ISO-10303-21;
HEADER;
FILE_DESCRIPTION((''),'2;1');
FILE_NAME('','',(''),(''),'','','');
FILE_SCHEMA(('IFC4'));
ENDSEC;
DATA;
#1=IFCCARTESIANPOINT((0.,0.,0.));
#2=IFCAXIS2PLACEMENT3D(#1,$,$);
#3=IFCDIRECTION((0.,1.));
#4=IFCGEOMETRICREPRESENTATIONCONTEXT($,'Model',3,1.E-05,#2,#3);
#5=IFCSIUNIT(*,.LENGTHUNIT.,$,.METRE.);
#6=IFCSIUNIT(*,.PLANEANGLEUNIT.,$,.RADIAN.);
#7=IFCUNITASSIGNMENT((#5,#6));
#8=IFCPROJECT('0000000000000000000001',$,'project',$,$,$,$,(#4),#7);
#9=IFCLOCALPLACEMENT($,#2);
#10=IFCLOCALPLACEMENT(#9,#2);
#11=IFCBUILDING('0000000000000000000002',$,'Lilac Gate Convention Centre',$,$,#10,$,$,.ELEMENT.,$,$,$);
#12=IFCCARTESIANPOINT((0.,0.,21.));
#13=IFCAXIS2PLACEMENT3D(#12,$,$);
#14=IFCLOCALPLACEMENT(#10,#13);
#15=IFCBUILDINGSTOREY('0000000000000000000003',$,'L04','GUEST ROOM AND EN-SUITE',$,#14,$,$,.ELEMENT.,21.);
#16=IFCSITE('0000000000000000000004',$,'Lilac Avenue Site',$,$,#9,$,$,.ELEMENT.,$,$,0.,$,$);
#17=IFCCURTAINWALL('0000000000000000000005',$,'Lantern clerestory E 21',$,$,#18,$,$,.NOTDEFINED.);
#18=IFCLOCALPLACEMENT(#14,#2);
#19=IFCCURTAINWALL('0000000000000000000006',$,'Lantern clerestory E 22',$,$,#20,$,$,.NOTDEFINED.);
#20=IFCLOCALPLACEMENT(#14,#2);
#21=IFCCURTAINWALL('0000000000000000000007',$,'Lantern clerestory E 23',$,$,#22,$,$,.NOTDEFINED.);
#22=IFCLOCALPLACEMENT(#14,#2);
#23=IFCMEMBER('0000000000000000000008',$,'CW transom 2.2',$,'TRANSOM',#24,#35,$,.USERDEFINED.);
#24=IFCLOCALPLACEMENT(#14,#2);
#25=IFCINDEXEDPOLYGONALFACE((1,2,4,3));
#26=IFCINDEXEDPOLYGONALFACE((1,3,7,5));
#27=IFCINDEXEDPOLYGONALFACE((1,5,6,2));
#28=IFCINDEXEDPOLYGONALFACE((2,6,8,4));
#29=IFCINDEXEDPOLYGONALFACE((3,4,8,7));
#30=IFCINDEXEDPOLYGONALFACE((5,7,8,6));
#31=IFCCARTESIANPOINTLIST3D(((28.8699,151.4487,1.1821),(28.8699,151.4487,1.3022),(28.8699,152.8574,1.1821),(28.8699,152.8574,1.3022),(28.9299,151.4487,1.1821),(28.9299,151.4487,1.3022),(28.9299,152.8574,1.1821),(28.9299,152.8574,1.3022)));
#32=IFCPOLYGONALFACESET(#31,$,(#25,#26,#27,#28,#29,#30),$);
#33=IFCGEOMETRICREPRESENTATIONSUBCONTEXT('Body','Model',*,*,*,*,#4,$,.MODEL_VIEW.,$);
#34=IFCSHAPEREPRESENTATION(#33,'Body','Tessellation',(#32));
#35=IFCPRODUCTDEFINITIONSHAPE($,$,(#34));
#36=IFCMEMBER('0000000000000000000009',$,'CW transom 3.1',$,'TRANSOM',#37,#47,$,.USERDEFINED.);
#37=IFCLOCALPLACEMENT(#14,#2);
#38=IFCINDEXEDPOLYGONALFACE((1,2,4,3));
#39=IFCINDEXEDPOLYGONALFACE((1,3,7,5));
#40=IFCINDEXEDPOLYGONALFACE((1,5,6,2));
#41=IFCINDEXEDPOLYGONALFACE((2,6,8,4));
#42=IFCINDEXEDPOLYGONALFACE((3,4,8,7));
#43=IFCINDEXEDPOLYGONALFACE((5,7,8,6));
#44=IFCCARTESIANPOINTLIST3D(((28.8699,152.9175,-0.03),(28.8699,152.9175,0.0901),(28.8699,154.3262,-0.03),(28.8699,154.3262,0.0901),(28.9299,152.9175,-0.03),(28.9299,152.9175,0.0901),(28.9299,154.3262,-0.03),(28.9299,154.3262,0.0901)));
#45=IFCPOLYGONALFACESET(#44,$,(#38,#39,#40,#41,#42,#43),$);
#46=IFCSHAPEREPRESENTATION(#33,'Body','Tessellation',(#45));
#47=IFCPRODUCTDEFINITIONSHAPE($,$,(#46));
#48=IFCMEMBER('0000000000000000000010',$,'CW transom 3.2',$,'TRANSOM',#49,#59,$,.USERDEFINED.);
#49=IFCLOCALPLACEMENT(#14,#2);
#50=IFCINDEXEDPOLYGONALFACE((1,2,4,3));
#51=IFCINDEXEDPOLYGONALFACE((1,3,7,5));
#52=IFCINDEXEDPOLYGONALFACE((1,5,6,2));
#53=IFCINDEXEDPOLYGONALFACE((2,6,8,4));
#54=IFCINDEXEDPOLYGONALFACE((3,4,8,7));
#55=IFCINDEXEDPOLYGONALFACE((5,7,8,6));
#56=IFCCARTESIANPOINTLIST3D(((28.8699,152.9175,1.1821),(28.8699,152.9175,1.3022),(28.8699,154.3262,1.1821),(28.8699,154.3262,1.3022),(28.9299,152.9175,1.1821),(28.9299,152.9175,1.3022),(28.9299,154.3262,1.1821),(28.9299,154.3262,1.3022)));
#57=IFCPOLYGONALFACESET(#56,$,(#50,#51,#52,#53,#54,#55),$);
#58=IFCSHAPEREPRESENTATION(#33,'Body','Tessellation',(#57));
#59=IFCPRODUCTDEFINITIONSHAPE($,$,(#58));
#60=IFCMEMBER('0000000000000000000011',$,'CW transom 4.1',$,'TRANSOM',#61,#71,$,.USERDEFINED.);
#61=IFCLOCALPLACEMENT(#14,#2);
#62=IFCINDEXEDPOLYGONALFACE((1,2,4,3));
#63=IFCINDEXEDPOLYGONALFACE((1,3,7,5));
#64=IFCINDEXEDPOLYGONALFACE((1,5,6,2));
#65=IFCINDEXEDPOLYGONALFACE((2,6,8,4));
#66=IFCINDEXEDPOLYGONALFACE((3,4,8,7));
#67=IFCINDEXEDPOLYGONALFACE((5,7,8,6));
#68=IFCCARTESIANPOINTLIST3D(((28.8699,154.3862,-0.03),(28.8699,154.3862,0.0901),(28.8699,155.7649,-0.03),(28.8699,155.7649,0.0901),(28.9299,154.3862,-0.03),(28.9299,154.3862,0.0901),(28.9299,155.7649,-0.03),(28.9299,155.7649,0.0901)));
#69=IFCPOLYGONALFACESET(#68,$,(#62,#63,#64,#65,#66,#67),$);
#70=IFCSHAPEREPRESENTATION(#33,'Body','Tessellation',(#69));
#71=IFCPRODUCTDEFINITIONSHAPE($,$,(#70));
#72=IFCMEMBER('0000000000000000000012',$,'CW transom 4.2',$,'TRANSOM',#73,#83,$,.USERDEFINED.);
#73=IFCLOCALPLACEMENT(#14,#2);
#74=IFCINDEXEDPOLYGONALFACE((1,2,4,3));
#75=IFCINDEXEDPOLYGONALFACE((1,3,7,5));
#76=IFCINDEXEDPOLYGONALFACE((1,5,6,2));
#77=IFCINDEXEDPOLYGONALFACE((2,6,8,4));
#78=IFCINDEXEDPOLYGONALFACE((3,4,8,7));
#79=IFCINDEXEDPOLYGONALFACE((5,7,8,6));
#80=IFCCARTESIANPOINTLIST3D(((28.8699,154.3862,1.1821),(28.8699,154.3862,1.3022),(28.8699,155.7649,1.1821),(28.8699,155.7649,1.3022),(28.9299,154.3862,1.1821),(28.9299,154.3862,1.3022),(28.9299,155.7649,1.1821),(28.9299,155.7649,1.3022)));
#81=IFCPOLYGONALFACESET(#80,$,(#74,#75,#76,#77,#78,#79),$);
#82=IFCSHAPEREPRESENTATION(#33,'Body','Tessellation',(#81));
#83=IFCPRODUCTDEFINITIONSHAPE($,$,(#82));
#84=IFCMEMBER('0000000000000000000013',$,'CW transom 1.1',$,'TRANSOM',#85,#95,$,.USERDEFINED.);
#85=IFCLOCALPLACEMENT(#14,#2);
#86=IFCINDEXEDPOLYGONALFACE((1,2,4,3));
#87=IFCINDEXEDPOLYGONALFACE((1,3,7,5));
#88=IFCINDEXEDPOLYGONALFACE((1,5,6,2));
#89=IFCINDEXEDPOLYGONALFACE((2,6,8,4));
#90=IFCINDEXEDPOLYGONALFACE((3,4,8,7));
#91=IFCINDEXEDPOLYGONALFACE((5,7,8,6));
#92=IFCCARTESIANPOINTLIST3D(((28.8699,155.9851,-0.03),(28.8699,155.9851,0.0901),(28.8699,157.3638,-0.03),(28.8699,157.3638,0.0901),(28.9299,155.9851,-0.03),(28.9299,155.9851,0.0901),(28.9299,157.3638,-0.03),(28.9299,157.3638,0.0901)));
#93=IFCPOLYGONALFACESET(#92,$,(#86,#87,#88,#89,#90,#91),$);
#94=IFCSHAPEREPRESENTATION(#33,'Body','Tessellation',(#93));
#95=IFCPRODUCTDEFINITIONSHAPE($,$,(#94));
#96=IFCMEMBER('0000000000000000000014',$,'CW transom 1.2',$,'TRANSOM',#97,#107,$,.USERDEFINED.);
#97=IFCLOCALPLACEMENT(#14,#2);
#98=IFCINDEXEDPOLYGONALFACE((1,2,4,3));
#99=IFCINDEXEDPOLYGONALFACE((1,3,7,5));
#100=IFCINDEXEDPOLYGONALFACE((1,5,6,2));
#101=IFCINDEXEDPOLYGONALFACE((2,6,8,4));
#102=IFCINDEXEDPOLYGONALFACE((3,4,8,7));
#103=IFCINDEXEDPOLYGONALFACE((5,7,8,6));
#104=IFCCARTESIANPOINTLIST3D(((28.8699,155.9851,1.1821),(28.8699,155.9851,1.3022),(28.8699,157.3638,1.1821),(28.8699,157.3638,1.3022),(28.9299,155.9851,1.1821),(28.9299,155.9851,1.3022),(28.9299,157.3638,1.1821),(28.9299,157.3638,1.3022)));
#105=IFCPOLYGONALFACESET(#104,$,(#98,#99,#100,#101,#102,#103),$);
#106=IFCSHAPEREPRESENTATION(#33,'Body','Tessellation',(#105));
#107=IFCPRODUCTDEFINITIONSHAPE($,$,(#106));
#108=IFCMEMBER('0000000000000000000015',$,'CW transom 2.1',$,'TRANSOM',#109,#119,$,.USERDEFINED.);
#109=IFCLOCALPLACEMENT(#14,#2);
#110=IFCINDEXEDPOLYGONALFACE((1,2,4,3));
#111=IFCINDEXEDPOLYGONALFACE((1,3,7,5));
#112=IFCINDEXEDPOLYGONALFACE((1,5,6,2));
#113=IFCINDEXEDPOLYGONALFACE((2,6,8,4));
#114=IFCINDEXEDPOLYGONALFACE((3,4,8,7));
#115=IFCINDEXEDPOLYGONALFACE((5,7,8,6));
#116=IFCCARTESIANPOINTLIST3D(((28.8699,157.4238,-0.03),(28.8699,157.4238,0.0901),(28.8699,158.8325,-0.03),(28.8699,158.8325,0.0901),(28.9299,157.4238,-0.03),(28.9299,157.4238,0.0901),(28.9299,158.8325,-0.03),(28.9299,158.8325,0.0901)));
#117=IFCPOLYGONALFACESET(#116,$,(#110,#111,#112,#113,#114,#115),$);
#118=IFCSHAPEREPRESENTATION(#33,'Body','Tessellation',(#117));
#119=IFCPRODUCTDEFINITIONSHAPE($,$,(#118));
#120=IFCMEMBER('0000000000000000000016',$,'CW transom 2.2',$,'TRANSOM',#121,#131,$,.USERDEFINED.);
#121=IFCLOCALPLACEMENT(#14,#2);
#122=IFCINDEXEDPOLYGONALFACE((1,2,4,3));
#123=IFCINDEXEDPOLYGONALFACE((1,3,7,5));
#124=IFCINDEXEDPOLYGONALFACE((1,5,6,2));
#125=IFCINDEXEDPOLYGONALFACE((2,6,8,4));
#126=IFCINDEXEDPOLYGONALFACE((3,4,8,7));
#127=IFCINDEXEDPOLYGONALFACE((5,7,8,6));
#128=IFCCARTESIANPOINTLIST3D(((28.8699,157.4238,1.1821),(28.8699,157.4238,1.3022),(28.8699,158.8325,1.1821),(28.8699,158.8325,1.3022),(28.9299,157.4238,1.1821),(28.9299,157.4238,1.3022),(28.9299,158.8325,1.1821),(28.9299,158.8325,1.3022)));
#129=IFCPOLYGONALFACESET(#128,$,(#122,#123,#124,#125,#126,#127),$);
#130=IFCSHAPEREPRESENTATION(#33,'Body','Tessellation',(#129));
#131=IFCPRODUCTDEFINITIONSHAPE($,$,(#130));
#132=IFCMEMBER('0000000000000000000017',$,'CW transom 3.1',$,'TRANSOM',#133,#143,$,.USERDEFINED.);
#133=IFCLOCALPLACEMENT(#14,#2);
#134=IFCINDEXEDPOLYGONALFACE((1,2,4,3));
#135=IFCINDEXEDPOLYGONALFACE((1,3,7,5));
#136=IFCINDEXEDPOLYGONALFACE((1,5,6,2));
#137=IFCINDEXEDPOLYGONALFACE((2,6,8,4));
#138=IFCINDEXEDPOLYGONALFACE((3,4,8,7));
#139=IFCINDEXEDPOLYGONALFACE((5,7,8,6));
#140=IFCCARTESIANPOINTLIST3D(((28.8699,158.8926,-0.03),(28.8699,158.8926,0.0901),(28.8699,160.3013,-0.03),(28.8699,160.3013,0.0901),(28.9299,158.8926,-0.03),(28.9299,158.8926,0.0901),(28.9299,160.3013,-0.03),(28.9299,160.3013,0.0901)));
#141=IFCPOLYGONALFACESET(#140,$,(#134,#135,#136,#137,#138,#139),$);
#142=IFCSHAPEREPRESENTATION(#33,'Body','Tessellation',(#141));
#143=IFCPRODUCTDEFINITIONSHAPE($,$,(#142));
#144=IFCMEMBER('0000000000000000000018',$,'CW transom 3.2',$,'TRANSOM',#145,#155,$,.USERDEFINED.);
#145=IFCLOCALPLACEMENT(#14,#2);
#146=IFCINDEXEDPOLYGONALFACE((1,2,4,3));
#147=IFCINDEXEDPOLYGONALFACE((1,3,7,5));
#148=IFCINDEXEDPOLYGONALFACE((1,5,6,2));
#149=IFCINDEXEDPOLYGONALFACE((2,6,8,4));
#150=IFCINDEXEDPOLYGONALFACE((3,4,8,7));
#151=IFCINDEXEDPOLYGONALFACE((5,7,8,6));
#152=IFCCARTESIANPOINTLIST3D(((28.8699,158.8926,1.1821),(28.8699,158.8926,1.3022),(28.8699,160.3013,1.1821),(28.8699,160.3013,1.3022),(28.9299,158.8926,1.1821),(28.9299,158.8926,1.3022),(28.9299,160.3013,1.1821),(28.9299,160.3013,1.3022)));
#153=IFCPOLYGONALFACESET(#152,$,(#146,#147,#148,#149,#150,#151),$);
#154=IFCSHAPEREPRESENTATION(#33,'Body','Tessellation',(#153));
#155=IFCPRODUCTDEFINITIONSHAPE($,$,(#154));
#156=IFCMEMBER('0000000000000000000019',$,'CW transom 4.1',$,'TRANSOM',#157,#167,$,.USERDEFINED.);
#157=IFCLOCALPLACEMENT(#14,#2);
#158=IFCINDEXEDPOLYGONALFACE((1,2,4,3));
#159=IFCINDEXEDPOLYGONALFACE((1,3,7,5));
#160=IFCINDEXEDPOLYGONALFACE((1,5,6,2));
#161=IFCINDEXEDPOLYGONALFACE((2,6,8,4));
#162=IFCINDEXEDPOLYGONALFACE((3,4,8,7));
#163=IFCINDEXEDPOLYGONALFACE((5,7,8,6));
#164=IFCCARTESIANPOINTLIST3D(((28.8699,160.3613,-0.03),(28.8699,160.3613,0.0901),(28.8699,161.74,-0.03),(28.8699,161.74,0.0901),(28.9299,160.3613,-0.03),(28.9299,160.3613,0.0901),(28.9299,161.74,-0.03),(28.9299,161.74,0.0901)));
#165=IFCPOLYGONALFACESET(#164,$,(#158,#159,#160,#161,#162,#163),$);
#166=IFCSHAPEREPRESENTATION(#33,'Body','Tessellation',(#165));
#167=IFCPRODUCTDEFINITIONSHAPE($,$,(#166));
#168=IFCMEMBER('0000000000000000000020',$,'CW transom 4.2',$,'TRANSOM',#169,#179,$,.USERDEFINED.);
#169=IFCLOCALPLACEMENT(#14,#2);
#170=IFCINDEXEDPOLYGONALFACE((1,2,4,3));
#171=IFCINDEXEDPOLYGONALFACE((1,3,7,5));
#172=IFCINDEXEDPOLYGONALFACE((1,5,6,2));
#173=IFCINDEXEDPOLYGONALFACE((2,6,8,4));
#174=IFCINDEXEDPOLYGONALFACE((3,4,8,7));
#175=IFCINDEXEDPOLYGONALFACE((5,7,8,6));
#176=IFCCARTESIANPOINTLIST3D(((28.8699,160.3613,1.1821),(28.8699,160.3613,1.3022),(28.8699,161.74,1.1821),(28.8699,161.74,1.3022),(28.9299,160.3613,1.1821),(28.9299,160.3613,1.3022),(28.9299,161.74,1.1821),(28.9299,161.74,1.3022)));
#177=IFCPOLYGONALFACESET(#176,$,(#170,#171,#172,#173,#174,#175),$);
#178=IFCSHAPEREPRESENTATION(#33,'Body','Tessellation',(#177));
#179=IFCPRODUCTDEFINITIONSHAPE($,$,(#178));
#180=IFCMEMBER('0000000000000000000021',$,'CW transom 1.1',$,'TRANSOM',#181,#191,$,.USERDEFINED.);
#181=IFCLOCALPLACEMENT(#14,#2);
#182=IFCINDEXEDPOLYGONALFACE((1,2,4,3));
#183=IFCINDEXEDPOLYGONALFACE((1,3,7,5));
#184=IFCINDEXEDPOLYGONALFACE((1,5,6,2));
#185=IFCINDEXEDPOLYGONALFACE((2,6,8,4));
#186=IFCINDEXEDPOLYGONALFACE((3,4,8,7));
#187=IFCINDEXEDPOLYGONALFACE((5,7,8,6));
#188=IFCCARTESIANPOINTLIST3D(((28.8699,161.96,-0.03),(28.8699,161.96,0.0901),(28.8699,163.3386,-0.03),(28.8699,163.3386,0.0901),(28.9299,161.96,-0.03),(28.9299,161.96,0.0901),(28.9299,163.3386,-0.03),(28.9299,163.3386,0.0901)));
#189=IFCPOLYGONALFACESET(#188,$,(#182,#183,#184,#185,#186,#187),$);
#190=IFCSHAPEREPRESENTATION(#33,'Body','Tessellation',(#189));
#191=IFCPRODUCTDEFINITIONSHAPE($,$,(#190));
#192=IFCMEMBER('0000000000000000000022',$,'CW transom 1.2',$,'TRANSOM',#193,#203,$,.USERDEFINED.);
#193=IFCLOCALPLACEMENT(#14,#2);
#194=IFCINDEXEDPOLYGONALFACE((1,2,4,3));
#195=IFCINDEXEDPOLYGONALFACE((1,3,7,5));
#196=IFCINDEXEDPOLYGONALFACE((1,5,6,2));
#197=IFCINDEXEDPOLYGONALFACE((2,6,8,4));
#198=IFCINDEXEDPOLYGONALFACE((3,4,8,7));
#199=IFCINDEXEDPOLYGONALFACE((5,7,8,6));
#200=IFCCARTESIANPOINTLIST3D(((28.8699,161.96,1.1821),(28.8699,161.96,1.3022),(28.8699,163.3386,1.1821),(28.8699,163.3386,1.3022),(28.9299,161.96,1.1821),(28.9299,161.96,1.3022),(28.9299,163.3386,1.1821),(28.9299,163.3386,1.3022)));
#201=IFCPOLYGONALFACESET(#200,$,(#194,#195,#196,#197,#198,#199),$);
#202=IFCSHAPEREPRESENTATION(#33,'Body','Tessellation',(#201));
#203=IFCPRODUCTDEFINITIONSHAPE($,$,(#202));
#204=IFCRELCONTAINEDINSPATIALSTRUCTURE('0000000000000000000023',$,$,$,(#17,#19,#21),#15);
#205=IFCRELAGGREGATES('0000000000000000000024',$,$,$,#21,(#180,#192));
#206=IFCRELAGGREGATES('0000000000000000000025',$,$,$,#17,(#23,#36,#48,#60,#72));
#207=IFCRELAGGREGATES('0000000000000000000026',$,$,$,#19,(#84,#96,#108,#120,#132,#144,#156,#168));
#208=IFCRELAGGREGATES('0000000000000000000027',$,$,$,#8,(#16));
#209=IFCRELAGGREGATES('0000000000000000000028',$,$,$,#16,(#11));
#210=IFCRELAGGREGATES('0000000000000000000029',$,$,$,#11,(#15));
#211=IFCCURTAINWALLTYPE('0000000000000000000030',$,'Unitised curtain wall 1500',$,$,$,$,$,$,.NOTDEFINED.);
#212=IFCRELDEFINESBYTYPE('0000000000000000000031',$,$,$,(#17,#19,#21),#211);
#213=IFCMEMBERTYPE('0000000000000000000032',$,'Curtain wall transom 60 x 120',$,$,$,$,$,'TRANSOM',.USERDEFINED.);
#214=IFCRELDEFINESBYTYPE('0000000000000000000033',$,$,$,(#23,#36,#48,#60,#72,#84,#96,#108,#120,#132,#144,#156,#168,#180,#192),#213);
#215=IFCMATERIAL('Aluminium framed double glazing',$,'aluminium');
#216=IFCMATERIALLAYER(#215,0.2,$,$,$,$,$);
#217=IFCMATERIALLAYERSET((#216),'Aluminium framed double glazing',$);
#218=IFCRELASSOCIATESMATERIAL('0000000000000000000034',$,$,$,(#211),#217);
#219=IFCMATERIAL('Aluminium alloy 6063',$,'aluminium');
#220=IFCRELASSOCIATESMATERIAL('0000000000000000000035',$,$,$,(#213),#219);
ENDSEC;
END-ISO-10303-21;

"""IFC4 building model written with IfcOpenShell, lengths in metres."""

from ifc_helpers import new_model, si_unit, direction, frame, origin, origin_2d, place, context, subcontext, project, spatial, rectangle, extrude, material, layer, layer_set, material_profile, profile_set, type_object, element, aggregate, save


model = new_model("IFC4")

# Units and contexts
model_context = context("Model", 3, precision=1e-05, world=origin(), true_north=direction((0.0, 1.0)))
body_context = subcontext(model_context, "Body", "Model", "MODEL_VIEW")
ifc_project = project(units=[si_unit("LENGTHUNIT", "METRE"), si_unit("PLANEANGLEUNIT", "RADIAN")], contexts=[model_context])

# Site, building, storey
site_placement = place(None, origin())
site = spatial("IfcSite", under=ifc_project, at=site_placement, Name="Lilac Avenue Site", CompositionType="ELEMENT", RefElevation=0.0)
building_placement = place(site_placement, origin())
building = spatial("IfcBuilding", under=site, at=building_placement, Name="Lilac Gate Convention Centre", CompositionType="ELEMENT")
storey_placement = place(building_placement, frame((0.0, 0.0, 21.0)))
storey = spatial("IfcBuildingStorey", under=building, at=storey_placement, Name="L04", Description="GUEST ROOM AND EN-SUITE", CompositionType="ELEMENT", Elevation=21.0)

# Shared definitions
ifc_material_1 = material(Name="Aluminium framed double glazing", Category="aluminium")
ifc_layer_1 = layer(ifc_material_1, 0.2)
ifc_layer_set_1 = layer_set([ifc_layer_1], Name="Aluminium framed double glazing")
curtain_wall_type = type_object("IfcCurtainWallType", Name="Unitised curtain wall 1500", PredefinedType="NOTDEFINED", material=ifc_layer_set_1)
ifc_material_2 = material(Name="Aluminium alloy 6063", Category="aluminium")

# Curtain walls
curtain_wall_1_placement = place(storey_placement, origin())
curtain_wall_1 = element("IfcCurtainWall", 1, at=curtain_wall_1_placement, inside=storey, type_object=curtain_wall_type, Name="Lantern clerestory E 21", PredefinedType="NOTDEFINED")
curtain_wall_2_placement = place(storey_placement, origin())
curtain_wall_2 = element("IfcCurtainWall", 2, at=curtain_wall_2_placement, inside=storey, type_object=curtain_wall_type, Name="Lantern clerestory E 22", PredefinedType="NOTDEFINED")

# Curtain wall
curtain_wall_3_placement = place(storey_placement, origin())
curtain_wall_3 = element("IfcCurtainWall", 3, at=curtain_wall_3_placement, inside=storey, type_object=curtain_wall_type, Name="Lantern clerestory E 23", PredefinedType="NOTDEFINED")

# Members
ifc_material_profile_1 = material_profile(ifc_material_2, rectangle(XDim=0.0601, YDim=0.1201, at=origin_2d()), Name="Curtain wall transom 60 x 120")
ifc_profile_set_1 = profile_set([ifc_material_profile_1], Name="Aluminium alloy 6063")
member_type_1 = type_object("IfcMemberType", Name="Curtain wall transom 60 x 120", ElementType="TRANSOM", PredefinedType="USERDEFINED", material=ifc_profile_set_1)
member_1_placement = place(storey_placement, frame((28.8999, 151.4487, 1.2422), z_axis=(0.0, 1.0, 0.0), x_axis=(-1.0, 0.0, 0.0)))
member_1 = element("IfcMember", 4, at=member_1_placement, type_object=member_type_1, Name="CW transom 2.2", ObjectType="TRANSOM", PredefinedType="USERDEFINED", context=body_context, shape_type="SweptSolid", body=[
    extrude(rectangle(XDim=0.0601, YDim=0.1201, at=origin_2d()), origin(), (0.0, 0.0, 1.0), 1.4087),
])
member_2_placement = place(storey_placement, frame((28.8999, 152.9175, 0.03), z_axis=(0.0, 1.0, 0.0), x_axis=(-1.0, 0.0, 0.0)))
member_2 = element("IfcMember", 5, at=member_2_placement, type_object=member_type_1, Name="CW transom 3.1", ObjectType="TRANSOM", PredefinedType="USERDEFINED", context=body_context, shape_type="SweptSolid", body=[
    extrude(rectangle(XDim=0.0601, YDim=0.1201, at=origin_2d()), origin(), (0.0, 0.0, 1.0), 1.4087),
])
member_3_placement = place(storey_placement, frame((28.8999, 152.9175, 1.2422), z_axis=(0.0, 1.0, 0.0), x_axis=(-1.0, 0.0, 0.0)))
member_3 = element("IfcMember", 6, at=member_3_placement, type_object=member_type_1, Name="CW transom 3.2", ObjectType="TRANSOM", PredefinedType="USERDEFINED", context=body_context, shape_type="SweptSolid", body=[
    extrude(rectangle(XDim=0.0601, YDim=0.1201, at=origin_2d()), origin(), (0.0, 0.0, 1.0), 1.4087),
])
member_4_placement = place(storey_placement, frame((28.8999, 154.3862, 0.03), z_axis=(0.0, 1.0, 0.0), x_axis=(-1.0, 0.0, 0.0)))
member_4 = element("IfcMember", 7, at=member_4_placement, type_object=member_type_1, Name="CW transom 4.1", ObjectType="TRANSOM", PredefinedType="USERDEFINED", context=body_context, shape_type="SweptSolid", body=[
    extrude(rectangle(XDim=0.0601, YDim=0.1201, at=origin_2d()), origin(), (0.0, 0.0, 1.0), 1.3787),
])
member_5_placement = place(storey_placement, frame((28.8999, 154.3862, 1.2422), z_axis=(0.0, 1.0, 0.0), x_axis=(-1.0, 0.0, 0.0)))
member_5 = element("IfcMember", 8, at=member_5_placement, type_object=member_type_1, Name="CW transom 4.2", ObjectType="TRANSOM", PredefinedType="USERDEFINED", context=body_context, shape_type="SweptSolid", body=[
    extrude(rectangle(XDim=0.0601, YDim=0.1201, at=origin_2d()), origin(), (0.0, 0.0, 1.0), 1.3787),
])
member_6_placement = place(storey_placement, frame((28.8999, 155.9851, 0.03), z_axis=(0.0, 1.0, 0.0), x_axis=(-1.0, 0.0, 0.0)))
member_6 = element("IfcMember", 9, at=member_6_placement, type_object=member_type_1, Name="CW transom 1.1", ObjectType="TRANSOM", PredefinedType="USERDEFINED", context=body_context, shape_type="SweptSolid", body=[
    extrude(rectangle(XDim=0.0601, YDim=0.1201, at=origin_2d()), origin(), (0.0, 0.0, 1.0), 1.3787),
])
member_7_placement = place(storey_placement, frame((28.8999, 155.9851, 1.2422), z_axis=(0.0, 1.0, 0.0), x_axis=(-1.0, 0.0, 0.0)))
member_7 = element("IfcMember", 10, at=member_7_placement, type_object=member_type_1, Name="CW transom 1.2", ObjectType="TRANSOM", PredefinedType="USERDEFINED", context=body_context, shape_type="SweptSolid", body=[
    extrude(rectangle(XDim=0.0601, YDim=0.1201, at=origin_2d()), origin(), (0.0, 0.0, 1.0), 1.3787),
])
member_8_placement = place(storey_placement, frame((28.8999, 157.4238, 0.03), z_axis=(0.0, 1.0, 0.0), x_axis=(-1.0, 0.0, 0.0)))
member_8 = element("IfcMember", 11, at=member_8_placement, type_object=member_type_1, Name="CW transom 2.1", ObjectType="TRANSOM", PredefinedType="USERDEFINED", context=body_context, shape_type="SweptSolid", body=[
    extrude(rectangle(XDim=0.0601, YDim=0.1201, at=origin_2d()), origin(), (0.0, 0.0, 1.0), 1.4087),
])
member_9_placement = place(storey_placement, frame((28.8999, 157.4238, 1.2422), z_axis=(0.0, 1.0, 0.0), x_axis=(-1.0, 0.0, 0.0)))
member_9 = element("IfcMember", 12, at=member_9_placement, type_object=member_type_1, Name="CW transom 2.2", ObjectType="TRANSOM", PredefinedType="USERDEFINED", context=body_context, shape_type="SweptSolid", body=[
    extrude(rectangle(XDim=0.0601, YDim=0.1201, at=origin_2d()), origin(), (0.0, 0.0, 1.0), 1.4087),
])
member_10_placement = place(storey_placement, frame((28.8999, 158.8926, 0.03), z_axis=(0.0, 1.0, 0.0), x_axis=(-1.0, 0.0, 0.0)))
member_10 = element("IfcMember", 13, at=member_10_placement, type_object=member_type_1, Name="CW transom 3.1", ObjectType="TRANSOM", PredefinedType="USERDEFINED", context=body_context, shape_type="SweptSolid", body=[
    extrude(rectangle(XDim=0.0601, YDim=0.1201, at=origin_2d()), origin(), (0.0, 0.0, 1.0), 1.4087),
])
member_11_placement = place(storey_placement, frame((28.8999, 158.8926, 1.2422), z_axis=(0.0, 1.0, 0.0), x_axis=(-1.0, 0.0, 0.0)))
member_11 = element("IfcMember", 14, at=member_11_placement, type_object=member_type_1, Name="CW transom 3.2", ObjectType="TRANSOM", PredefinedType="USERDEFINED", context=body_context, shape_type="SweptSolid", body=[
    extrude(rectangle(XDim=0.0601, YDim=0.1201, at=origin_2d()), origin(), (0.0, 0.0, 1.0), 1.4087),
])
member_12_placement = place(storey_placement, frame((28.8999, 160.3613, 0.03), z_axis=(0.0, 1.0, 0.0), x_axis=(-1.0, 0.0, 0.0)))
member_12 = element("IfcMember", 15, at=member_12_placement, type_object=member_type_1, Name="CW transom 4.1", ObjectType="TRANSOM", PredefinedType="USERDEFINED", context=body_context, shape_type="SweptSolid", body=[
    extrude(rectangle(XDim=0.0601, YDim=0.1201, at=origin_2d()), origin(), (0.0, 0.0, 1.0), 1.3787),
])
member_13_placement = place(storey_placement, frame((28.8999, 160.3613, 1.2422), z_axis=(0.0, 1.0, 0.0), x_axis=(-1.0, 0.0, 0.0)))
member_13 = element("IfcMember", 16, at=member_13_placement, type_object=member_type_1, Name="CW transom 4.2", ObjectType="TRANSOM", PredefinedType="USERDEFINED", context=body_context, shape_type="SweptSolid", body=[
    extrude(rectangle(XDim=0.0601, YDim=0.1201, at=origin_2d()), origin(), (0.0, 0.0, 1.0), 1.3787),
])
member_14_placement = place(storey_placement, frame((28.8999, 161.96, 0.03), z_axis=(0.0, 1.0, 0.0), x_axis=(-1.0, 0.0, 0.0)))
member_14 = element("IfcMember", 17, at=member_14_placement, type_object=member_type_1, Name="CW transom 1.1", ObjectType="TRANSOM", PredefinedType="USERDEFINED", context=body_context, shape_type="SweptSolid", body=[
    extrude(rectangle(XDim=0.0601, YDim=0.1201, at=origin_2d()), origin(), (0.0, 0.0, 1.0), 1.3787),
])
member_15_placement = place(storey_placement, frame((28.8999, 161.96, 1.2422), z_axis=(0.0, 1.0, 0.0), x_axis=(-1.0, 0.0, 0.0)))
member_15 = element("IfcMember", 18, at=member_15_placement, type_object=member_type_1, Name="CW transom 1.2", ObjectType="TRANSOM", PredefinedType="USERDEFINED", context=body_context, shape_type="SweptSolid", body=[
    extrude(rectangle(XDim=0.0601, YDim=0.1201, at=origin_2d()), origin(), (0.0, 0.0, 1.0), 1.3787),
])
aggregate(curtain_wall_3, [member_14, member_15])

aggregate(curtain_wall_1, [member_1, member_2, member_3, member_4, member_5])
aggregate(curtain_wall_2, [member_6, member_7, member_8, member_9, member_10, member_11, member_12, member_13])

save(model, "model.ifc")
